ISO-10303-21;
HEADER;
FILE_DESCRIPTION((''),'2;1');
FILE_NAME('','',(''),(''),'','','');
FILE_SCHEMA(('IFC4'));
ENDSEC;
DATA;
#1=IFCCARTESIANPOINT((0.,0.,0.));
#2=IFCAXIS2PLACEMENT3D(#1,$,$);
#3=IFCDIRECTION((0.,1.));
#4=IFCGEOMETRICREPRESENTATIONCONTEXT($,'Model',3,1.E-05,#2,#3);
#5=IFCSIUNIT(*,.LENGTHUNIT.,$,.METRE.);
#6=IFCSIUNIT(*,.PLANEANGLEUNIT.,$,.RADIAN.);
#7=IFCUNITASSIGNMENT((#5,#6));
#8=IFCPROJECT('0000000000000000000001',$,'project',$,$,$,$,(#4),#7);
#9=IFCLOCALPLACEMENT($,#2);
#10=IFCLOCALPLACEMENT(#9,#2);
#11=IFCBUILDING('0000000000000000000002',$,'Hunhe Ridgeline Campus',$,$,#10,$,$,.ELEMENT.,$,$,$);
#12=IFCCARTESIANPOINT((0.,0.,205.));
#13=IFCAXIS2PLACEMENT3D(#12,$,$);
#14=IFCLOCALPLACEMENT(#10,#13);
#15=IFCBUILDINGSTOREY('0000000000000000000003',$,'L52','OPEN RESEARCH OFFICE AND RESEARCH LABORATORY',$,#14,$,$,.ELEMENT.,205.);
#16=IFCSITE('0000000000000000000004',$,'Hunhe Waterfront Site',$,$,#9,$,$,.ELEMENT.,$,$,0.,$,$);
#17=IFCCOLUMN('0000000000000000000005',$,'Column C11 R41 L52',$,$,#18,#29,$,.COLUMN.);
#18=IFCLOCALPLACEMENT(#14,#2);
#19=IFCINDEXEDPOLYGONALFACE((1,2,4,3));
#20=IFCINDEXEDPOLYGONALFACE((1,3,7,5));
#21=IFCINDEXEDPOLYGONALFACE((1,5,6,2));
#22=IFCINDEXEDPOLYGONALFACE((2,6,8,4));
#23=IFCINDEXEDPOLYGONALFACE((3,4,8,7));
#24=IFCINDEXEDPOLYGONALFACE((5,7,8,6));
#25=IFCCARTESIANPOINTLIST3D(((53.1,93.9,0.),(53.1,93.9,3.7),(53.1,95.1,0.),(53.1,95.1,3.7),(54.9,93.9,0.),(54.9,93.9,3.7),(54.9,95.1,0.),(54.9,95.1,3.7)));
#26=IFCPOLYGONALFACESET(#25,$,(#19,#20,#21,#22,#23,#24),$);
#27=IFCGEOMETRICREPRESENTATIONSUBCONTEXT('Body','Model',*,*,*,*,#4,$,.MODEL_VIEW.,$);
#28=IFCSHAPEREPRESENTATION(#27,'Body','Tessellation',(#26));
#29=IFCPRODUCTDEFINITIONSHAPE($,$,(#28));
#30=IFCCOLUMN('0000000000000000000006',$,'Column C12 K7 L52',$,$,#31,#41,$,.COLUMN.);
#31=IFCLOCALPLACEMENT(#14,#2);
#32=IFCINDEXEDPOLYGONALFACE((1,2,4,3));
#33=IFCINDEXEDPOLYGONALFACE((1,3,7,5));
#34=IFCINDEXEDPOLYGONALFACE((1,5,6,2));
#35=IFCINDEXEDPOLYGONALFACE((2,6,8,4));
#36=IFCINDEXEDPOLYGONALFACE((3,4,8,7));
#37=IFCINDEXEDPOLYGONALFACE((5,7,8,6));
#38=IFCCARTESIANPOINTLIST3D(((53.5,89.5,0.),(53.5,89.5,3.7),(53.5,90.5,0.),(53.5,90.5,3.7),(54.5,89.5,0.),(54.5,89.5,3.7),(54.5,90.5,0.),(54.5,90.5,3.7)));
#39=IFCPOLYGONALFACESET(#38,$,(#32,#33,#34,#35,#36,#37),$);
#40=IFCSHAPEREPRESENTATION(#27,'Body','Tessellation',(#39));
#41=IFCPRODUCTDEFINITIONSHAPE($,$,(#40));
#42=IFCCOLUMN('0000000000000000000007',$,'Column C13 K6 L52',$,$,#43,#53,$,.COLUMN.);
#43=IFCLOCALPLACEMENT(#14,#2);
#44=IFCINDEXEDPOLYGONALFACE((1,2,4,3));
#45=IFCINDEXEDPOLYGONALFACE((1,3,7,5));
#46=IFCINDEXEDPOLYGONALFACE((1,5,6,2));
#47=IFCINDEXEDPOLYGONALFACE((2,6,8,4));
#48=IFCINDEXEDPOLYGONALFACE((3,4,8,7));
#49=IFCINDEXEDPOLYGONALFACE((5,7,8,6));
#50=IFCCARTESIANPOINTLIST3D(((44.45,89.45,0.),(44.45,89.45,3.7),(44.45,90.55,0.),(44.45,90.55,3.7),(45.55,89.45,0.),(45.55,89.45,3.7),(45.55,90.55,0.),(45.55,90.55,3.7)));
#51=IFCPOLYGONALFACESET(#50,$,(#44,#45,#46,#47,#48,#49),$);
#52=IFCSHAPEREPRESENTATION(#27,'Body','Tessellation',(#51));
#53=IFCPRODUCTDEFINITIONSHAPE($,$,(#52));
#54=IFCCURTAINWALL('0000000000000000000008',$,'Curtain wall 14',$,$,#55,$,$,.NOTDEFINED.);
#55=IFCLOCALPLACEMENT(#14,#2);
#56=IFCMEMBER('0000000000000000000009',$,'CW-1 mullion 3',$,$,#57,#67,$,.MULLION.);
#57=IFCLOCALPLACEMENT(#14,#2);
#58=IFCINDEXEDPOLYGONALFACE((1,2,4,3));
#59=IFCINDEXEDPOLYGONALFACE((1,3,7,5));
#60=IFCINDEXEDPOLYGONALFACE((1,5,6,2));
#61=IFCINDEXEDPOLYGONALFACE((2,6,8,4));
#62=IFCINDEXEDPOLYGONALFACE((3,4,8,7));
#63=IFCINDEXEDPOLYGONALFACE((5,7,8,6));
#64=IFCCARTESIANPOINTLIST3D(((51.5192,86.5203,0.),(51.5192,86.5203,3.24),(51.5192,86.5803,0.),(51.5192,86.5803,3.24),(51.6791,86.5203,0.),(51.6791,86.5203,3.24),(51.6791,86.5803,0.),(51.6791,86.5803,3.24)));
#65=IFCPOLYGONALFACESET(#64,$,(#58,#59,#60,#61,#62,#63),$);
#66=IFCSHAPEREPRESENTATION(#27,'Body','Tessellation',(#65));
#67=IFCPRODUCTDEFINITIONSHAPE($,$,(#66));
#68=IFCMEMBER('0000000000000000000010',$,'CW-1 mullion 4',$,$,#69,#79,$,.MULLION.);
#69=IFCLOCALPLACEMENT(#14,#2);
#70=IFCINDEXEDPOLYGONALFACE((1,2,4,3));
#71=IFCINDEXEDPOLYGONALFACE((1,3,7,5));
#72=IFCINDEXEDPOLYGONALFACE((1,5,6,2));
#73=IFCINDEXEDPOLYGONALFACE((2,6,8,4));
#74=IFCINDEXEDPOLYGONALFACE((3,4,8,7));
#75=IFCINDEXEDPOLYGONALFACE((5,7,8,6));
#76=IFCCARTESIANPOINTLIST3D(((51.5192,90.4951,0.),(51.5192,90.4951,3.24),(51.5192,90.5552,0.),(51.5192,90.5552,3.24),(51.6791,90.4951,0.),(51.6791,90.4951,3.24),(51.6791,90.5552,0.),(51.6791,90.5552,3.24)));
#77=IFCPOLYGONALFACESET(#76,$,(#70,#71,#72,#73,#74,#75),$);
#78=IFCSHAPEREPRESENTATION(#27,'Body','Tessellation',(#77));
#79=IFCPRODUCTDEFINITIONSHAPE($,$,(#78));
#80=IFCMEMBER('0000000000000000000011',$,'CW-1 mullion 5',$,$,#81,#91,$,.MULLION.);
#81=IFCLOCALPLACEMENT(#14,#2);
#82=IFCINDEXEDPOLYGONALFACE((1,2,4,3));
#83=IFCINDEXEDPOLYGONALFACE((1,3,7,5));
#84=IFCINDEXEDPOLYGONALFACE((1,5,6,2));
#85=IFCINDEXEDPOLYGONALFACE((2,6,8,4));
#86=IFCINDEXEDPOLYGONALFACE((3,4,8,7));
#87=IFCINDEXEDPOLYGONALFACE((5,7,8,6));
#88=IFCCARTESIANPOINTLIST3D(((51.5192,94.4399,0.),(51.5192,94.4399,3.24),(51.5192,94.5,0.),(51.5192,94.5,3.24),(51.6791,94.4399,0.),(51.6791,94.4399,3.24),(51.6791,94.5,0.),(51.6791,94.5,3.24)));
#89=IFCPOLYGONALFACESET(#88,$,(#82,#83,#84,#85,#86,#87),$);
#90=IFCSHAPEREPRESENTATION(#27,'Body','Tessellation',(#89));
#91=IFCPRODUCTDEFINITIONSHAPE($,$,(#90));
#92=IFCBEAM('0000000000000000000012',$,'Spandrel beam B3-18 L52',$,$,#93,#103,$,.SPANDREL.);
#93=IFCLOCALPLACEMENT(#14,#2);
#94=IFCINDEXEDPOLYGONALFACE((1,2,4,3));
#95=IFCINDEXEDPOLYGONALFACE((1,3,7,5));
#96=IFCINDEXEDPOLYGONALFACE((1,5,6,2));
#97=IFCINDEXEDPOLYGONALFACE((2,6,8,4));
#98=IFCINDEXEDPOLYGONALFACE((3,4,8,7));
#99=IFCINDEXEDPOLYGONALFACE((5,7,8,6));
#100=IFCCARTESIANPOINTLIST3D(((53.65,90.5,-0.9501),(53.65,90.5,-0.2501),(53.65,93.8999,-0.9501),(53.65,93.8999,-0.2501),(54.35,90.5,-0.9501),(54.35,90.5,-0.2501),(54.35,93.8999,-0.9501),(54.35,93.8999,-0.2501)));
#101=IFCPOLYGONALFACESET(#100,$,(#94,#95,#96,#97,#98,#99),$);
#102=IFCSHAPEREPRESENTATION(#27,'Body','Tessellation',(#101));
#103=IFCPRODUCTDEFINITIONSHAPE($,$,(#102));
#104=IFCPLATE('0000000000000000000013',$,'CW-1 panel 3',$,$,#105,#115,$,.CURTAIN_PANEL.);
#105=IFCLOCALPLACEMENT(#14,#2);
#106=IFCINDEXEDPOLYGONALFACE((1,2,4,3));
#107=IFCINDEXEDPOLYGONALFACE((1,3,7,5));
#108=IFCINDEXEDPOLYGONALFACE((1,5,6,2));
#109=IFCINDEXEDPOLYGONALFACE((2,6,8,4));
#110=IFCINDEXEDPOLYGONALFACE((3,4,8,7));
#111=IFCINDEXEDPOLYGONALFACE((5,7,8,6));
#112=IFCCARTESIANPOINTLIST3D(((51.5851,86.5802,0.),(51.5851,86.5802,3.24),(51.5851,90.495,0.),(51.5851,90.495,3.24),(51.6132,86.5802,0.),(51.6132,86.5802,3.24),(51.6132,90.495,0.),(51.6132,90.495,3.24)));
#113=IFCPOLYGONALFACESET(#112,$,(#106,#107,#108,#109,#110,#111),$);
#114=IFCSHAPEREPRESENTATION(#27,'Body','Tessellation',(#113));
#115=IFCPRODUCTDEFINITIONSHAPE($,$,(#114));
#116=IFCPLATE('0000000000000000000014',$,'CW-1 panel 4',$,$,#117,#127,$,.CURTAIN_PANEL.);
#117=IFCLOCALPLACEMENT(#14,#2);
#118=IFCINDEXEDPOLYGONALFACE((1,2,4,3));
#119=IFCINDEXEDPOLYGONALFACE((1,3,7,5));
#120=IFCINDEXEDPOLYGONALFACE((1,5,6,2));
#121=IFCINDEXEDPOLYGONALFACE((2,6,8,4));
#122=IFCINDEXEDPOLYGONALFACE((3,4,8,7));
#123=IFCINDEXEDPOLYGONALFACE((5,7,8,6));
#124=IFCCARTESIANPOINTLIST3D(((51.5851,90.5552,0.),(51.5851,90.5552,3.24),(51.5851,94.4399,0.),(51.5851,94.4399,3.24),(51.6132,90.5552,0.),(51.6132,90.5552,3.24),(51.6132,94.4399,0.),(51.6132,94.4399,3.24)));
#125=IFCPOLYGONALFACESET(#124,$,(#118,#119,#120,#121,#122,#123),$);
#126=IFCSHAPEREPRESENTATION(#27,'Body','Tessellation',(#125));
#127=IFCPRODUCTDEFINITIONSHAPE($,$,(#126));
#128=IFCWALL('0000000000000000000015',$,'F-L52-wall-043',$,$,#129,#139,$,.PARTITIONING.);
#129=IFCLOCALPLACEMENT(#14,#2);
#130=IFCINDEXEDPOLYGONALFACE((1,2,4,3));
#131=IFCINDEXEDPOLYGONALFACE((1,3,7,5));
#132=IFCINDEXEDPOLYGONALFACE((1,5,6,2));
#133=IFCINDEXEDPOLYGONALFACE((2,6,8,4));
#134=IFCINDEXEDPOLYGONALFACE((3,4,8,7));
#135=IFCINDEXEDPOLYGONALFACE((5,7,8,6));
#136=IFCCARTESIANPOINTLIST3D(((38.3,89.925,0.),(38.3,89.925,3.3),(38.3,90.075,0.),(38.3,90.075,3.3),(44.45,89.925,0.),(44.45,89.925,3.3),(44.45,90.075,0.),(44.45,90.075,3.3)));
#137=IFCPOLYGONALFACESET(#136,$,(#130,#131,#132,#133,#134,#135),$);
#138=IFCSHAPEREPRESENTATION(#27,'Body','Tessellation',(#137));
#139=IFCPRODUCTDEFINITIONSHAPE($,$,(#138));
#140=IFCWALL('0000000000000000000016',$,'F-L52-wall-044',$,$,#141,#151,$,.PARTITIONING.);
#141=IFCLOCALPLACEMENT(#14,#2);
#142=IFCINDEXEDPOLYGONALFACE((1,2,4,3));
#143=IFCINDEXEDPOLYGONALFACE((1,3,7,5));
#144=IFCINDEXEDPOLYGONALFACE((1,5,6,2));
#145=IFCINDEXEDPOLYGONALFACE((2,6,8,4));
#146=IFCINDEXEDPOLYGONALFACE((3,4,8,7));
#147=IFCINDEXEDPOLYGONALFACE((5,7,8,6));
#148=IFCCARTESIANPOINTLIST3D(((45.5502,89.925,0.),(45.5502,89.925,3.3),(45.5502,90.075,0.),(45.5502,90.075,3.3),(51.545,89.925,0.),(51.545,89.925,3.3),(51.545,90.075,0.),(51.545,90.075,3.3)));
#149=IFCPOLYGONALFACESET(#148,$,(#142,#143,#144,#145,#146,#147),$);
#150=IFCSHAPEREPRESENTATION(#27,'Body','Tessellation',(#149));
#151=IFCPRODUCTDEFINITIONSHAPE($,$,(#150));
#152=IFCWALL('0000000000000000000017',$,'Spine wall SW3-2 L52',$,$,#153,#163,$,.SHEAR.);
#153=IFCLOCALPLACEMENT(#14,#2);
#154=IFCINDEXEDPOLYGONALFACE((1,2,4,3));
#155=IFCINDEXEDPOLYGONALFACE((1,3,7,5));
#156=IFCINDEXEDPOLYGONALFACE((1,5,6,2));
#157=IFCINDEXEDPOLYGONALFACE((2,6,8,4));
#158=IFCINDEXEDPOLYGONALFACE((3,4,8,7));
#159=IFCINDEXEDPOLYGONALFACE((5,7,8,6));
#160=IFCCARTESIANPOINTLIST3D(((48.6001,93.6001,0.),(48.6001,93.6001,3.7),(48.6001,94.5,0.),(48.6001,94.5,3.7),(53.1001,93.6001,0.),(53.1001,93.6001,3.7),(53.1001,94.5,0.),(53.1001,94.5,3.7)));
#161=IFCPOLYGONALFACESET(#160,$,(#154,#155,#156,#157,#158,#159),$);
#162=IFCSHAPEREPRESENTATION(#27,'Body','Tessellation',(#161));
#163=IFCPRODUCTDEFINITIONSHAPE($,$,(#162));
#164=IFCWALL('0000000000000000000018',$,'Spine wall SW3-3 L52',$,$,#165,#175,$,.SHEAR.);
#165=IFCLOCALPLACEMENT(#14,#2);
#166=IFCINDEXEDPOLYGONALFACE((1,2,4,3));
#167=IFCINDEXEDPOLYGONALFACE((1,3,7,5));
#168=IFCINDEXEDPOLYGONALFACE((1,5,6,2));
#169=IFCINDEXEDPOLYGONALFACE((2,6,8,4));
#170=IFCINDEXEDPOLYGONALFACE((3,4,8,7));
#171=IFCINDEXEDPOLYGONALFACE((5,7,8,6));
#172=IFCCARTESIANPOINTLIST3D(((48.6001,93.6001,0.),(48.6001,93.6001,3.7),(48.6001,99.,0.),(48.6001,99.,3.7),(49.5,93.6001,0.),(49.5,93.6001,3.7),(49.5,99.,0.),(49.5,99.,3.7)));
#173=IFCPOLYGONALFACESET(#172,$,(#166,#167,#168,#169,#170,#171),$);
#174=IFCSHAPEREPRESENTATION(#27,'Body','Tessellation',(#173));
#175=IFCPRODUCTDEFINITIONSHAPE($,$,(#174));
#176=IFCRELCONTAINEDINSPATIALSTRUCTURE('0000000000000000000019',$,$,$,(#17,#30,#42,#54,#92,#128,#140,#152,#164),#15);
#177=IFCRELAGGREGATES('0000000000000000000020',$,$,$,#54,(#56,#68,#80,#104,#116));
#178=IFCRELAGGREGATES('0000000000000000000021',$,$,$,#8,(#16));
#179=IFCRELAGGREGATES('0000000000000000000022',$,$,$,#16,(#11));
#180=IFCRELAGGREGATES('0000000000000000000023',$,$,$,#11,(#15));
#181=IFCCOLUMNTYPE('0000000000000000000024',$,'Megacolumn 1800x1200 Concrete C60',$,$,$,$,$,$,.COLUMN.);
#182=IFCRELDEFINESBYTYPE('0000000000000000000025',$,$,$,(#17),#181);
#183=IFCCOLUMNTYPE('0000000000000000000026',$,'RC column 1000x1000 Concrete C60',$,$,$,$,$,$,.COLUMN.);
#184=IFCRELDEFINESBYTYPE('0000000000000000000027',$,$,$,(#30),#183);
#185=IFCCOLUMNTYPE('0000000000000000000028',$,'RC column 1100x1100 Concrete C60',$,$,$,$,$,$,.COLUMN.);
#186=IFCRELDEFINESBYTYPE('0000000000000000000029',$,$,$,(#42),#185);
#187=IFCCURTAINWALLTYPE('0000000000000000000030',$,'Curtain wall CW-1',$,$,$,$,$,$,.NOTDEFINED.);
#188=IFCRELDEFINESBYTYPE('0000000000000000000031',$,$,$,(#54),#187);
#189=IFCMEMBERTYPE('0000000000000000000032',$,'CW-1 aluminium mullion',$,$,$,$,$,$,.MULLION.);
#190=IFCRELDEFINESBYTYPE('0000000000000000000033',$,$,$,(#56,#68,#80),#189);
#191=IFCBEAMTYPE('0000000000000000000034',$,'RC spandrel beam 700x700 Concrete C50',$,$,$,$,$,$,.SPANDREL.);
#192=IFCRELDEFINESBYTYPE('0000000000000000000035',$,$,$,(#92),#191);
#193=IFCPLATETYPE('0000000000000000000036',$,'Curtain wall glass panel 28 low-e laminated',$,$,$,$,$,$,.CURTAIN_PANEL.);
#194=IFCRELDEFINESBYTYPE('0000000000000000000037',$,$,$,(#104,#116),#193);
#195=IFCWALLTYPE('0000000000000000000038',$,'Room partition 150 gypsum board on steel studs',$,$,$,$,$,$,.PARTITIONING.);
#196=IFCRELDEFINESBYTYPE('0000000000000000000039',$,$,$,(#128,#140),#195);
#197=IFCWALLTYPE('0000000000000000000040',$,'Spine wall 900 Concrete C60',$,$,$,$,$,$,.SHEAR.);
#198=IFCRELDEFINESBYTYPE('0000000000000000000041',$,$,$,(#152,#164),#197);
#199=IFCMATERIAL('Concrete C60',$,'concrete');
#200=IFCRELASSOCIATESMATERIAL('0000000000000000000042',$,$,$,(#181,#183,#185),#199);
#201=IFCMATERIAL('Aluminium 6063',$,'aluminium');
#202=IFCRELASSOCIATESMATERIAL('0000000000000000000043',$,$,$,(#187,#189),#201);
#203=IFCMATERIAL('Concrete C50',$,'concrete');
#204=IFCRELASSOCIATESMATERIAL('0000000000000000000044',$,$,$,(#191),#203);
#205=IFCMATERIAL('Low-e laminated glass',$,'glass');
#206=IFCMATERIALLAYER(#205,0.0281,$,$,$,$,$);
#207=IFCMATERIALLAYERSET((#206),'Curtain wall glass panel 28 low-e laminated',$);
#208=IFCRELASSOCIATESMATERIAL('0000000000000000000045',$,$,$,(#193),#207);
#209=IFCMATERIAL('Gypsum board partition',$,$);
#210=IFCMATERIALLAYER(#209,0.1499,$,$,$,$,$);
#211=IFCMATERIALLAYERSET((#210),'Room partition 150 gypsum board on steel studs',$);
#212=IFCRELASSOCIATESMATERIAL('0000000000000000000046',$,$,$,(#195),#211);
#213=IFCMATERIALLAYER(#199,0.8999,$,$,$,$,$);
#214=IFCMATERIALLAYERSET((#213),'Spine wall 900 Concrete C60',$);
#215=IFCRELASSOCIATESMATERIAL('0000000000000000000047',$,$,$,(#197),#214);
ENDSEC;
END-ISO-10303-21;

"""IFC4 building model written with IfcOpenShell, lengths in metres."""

from ifc_helpers import new_model, si_unit, direction, frame, frame_2d, origin, origin_2d, place, context, subcontext, project, spatial, rectangle, extrude, material, layer, layer_set, material_profile, profile_set, type_object, element, aggregate, save


model = new_model("IFC4")

# Units and contexts
model_context = context("Model", 3, precision=1e-05, world=origin(), true_north=direction((0.0, 1.0)))
body_context = subcontext(model_context, "Body", "Model", "MODEL_VIEW")
ifc_project = project(units=[si_unit("LENGTHUNIT", "METRE"), si_unit("PLANEANGLEUNIT", "RADIAN")], contexts=[model_context])

# Site, building, storey
site_placement = place(None, origin())
site = spatial("IfcSite", under=ifc_project, at=site_placement, Name="Hunhe Waterfront Site", CompositionType="ELEMENT", RefElevation=0.0)
building_placement = place(site_placement, origin())
building = spatial("IfcBuilding", under=site, at=building_placement, Name="Hunhe Ridgeline Campus", CompositionType="ELEMENT")
storey_placement = place(building_placement, frame((0.0, 0.0, 205.0)))
storey = spatial("IfcBuildingStorey", under=building, at=storey_placement, Name="L52", Description="OPEN RESEARCH OFFICE AND RESEARCH LABORATORY", CompositionType="ELEMENT", Elevation=205.0)

# Columns
ifc_material_1 = material(Name="Concrete C60", Category="concrete")
ifc_material_profile_1 = material_profile(ifc_material_1, rectangle(XDim=1.8, YDim=1.2, at=origin_2d()))
ifc_profile_set_1 = profile_set([ifc_material_profile_1], Name="Concrete C60")
column_type_1 = type_object("IfcColumnType", Name="Megacolumn 1800x1200 Concrete C60", PredefinedType="COLUMN", material=ifc_profile_set_1)
column_1_placement = place(storey_placement, frame((54.0, 94.5, 0.0), z_axis=(0.0, 0.0, 1.0), x_axis=(1.0, 0.0, 0.0)))
element("IfcColumn", 1, at=column_1_placement, inside=storey, type_object=column_type_1, Name="Column C11 R41 L52", PredefinedType="COLUMN", context=body_context, shape_type="SweptSolid", body=[
    extrude(rectangle(XDim=1.8, YDim=1.2, at=origin_2d()), origin(), (0.0, 0.0, 1.0), 3.7),
])
ifc_material_profile_2 = material_profile(ifc_material_1, rectangle(XDim=1.0, YDim=1.0, at=origin_2d()))
ifc_profile_set_2 = profile_set([ifc_material_profile_2], Name="Concrete C60")
column_type_2 = type_object("IfcColumnType", Name="RC column 1000x1000 Concrete C60", PredefinedType="COLUMN", material=ifc_profile_set_2)
column_2_placement = place(storey_placement, frame((54.0, 90.0, 0.0), z_axis=(0.0, 0.0, 1.0), x_axis=(1.0, 0.0, 0.0)))
element("IfcColumn", 2, at=column_2_placement, inside=storey, type_object=column_type_2, Name="Column C12 K7 L52", PredefinedType="COLUMN", context=body_context, shape_type="SweptSolid", body=[
    extrude(rectangle(XDim=1.0, YDim=1.0, at=origin_2d()), origin(), (0.0, 0.0, 1.0), 3.7),
])
ifc_material_profile_3 = material_profile(ifc_material_1, rectangle(XDim=1.1001, YDim=1.1001, at=origin_2d()))
ifc_profile_set_3 = profile_set([ifc_material_profile_3], Name="Concrete C60")
column_type_3 = type_object("IfcColumnType", Name="RC column 1100x1100 Concrete C60", PredefinedType="COLUMN", material=ifc_profile_set_3)
column_3_placement = place(storey_placement, frame((45.0, 90.0, 0.0), z_axis=(0.0, 0.0, 1.0), x_axis=(1.0, 0.0, 0.0)))
element("IfcColumn", 3, at=column_3_placement, inside=storey, type_object=column_type_3, Name="Column C13 K6 L52", PredefinedType="COLUMN", context=body_context, shape_type="SweptSolid", body=[
    extrude(rectangle(XDim=1.1001, YDim=1.1001, at=origin_2d()), origin(), (0.0, 0.0, 1.0), 3.7),
])

# Curtain wall, members
ifc_material_2 = material(Name="Aluminium 6063", Category="aluminium")
curtain_wall_type = type_object("IfcCurtainWallType", Name="Curtain wall CW-1", PredefinedType="NOTDEFINED", material=ifc_material_2)
curtain_wall_placement = place(storey_placement, origin())
curtain_wall = element("IfcCurtainWall", 4, at=curtain_wall_placement, inside=storey, type_object=curtain_wall_type, Name="Curtain wall 14", PredefinedType="NOTDEFINED")
ifc_material_profile_4 = material_profile(ifc_material_2, rectangle(XDim=0.1599, YDim=0.0601, at=origin_2d()))
ifc_profile_set_4 = profile_set([ifc_material_profile_4], Name="Aluminium 6063")
member_type = type_object("IfcMemberType", Name="CW-1 aluminium mullion", PredefinedType="MULLION", material=ifc_profile_set_4)
member_1_placement = place(storey_placement, frame((51.5991, 86.5503, 0.0), z_axis=(0.0, 0.0, 1.0), x_axis=(-1.0, 0.0, 0.0)))
member_1 = element("IfcMember", 5, at=member_1_placement, type_object=member_type, Name="CW-1 mullion 3", PredefinedType="MULLION", context=body_context, shape_type="SweptSolid", body=[
    extrude(rectangle(XDim=0.1599, YDim=0.0601, at=origin_2d()), origin(), (0.0, 0.0, 1.0), 3.24),
])
member_2_placement = place(storey_placement, frame((51.5991, 90.5251, 0.0), z_axis=(0.0, 0.0, 1.0), x_axis=(-1.0, 0.0, 0.0)))
member_2 = element("IfcMember", 6, at=member_2_placement, type_object=member_type, Name="CW-1 mullion 4", PredefinedType="MULLION", context=body_context, shape_type="SweptSolid", body=[
    extrude(rectangle(XDim=0.1599, YDim=0.0601, at=origin_2d()), origin(), (0.0, 0.0, 1.0), 3.24),
])
member_3_placement = place(storey_placement, frame((51.5991, 94.47, 0.0), z_axis=(0.0, 0.0, 1.0), x_axis=(-1.0, 0.0, 0.0)))
member_3 = element("IfcMember", 7, at=member_3_placement, type_object=member_type, Name="CW-1 mullion 5", PredefinedType="MULLION", context=body_context, shape_type="SweptSolid", body=[
    extrude(rectangle(XDim=0.1599, YDim=0.0601, at=origin_2d()), origin(), (0.0, 0.0, 1.0), 3.24),
])

# Beam
ifc_material_3 = material(Name="Concrete C50", Category="concrete")
ifc_material_profile_5 = material_profile(ifc_material_3, rectangle(XDim=0.7, YDim=0.7, at=origin_2d()))
ifc_profile_set_5 = profile_set([ifc_material_profile_5], Name="Concrete C50")
beam_type = type_object("IfcBeamType", Name="RC spandrel beam 700x700 Concrete C50", PredefinedType="SPANDREL", material=ifc_profile_set_5)
beam_placement = place(storey_placement, frame((54.0, 90.5, -0.6001), z_axis=(0.0, 1.0, 0.0), x_axis=(-1.0, 0.0, 0.0)))
element("IfcBeam", 8, at=beam_placement, inside=storey, type_object=beam_type, Name="Spandrel beam B3-18 L52", PredefinedType="SPANDREL", context=body_context, shape_type="SweptSolid", body=[
    extrude(rectangle(XDim=0.7, YDim=0.7, at=origin_2d()), origin(), (0.0, 0.0, 1.0), 3.3999),
])

# Plates
ifc_material_4 = material(Name="Low-e laminated glass", Category="glass")
ifc_layer_1 = layer(ifc_material_4, 0.0281)
ifc_layer_set_1 = layer_set([ifc_layer_1], Name="Curtain wall glass panel 28 low-e laminated")
plate_type = type_object("IfcPlateType", Name="Curtain wall glass panel 28 low-e laminated", PredefinedType="CURTAIN_PANEL", material=ifc_layer_set_1)
plate_1_placement = place(storey_placement, frame((51.5991, 88.5376, 0.0), z_axis=(0.0, 0.0, 1.0), x_axis=(0.0, 1.0, 0.0)))
plate_1 = element("IfcPlate", 9, at=plate_1_placement, type_object=plate_type, Name="CW-1 panel 3", PredefinedType="CURTAIN_PANEL", context=body_context, shape_type="SweptSolid", body=[
    extrude(rectangle(XDim=3.9148, YDim=0.0281, at=origin_2d()), origin(), (0.0, 0.0, 1.0), 3.24),
])
plate_2_placement = place(storey_placement, frame((51.5991, 92.4976, 0.0), z_axis=(0.0, 0.0, 1.0), x_axis=(0.0, 1.0, 0.0)))
plate_2 = element("IfcPlate", 10, at=plate_2_placement, type_object=plate_type, Name="CW-1 panel 4", PredefinedType="CURTAIN_PANEL", context=body_context, shape_type="SweptSolid", body=[
    extrude(rectangle(XDim=3.8848, YDim=0.0281, at=origin_2d()), origin(), (0.0, 0.0, 1.0), 3.24),
])
aggregate(curtain_wall, [member_1, member_2, member_3, plate_1, plate_2])

# Shared definitions
ifc_material_5 = material(Name="Gypsum board partition")

# Walls
ifc_layer_2 = layer(ifc_material_5, 0.1499)
ifc_layer_set_2 = layer_set([ifc_layer_2], Name="Room partition 150 gypsum board on steel studs")
wall_type_1 = type_object("IfcWallType", Name="Room partition 150 gypsum board on steel studs", PredefinedType="PARTITIONING", material=ifc_layer_set_2)
wall_1_placement = place(storey_placement, frame((38.3, 90.0, 0.0), z_axis=(0.0, 0.0, 1.0), x_axis=(1.0, 0.0, 0.0)))
element("IfcWall", 11, at=wall_1_placement, inside=storey, type_object=wall_type_1, Name="F-L52-wall-043", PredefinedType="PARTITIONING", context=body_context, shape_type="SweptSolid", body=[
    extrude(rectangle(XDim=6.1499, YDim=0.1499, at=frame_2d((3.075, 0.0))), origin(), (0.0, 0.0, 1.0), 3.3),
])
wall_2_placement = place(storey_placement, frame((45.55, 90.0, 0.0), z_axis=(0.0, 0.0, 1.0), x_axis=(1.0, 0.0, 0.0)))
element("IfcWall", 12, at=wall_2_placement, inside=storey, type_object=wall_type_1, Name="F-L52-wall-044", PredefinedType="PARTITIONING", context=body_context, shape_type="SweptSolid", body=[
    extrude(rectangle(XDim=5.9949, YDim=0.1499, at=frame_2d((2.9976, 0.0))), origin(), (0.0, 0.0, 1.0), 3.3),
])
ifc_layer_3 = layer(ifc_material_1, 0.8999)
ifc_layer_set_3 = layer_set([ifc_layer_3], Name="Spine wall 900 Concrete C60")
wall_type_2 = type_object("IfcWallType", Name="Spine wall 900 Concrete C60", PredefinedType="SHEAR", material=ifc_layer_set_3)
wall_3_placement = place(storey_placement, frame((53.1001, 94.05, 0.0), z_axis=(0.0, 0.0, 1.0), x_axis=(-1.0, 0.0, 0.0)))
element("IfcWall", 13, at=wall_3_placement, inside=storey, type_object=wall_type_2, Name="Spine wall SW3-2 L52", PredefinedType="SHEAR", context=body_context, shape_type="SweptSolid", body=[
    extrude(rectangle(XDim=4.5, YDim=0.8999, at=frame_2d((2.25, 0.0))), origin(), (0.0, 0.0, 1.0), 3.7),
])
wall_4_placement = place(storey_placement, frame((49.05, 93.6001, 0.0), z_axis=(0.0, 0.0, 1.0), x_axis=(0.0, 1.0, 0.0)))
element("IfcWall", 14, at=wall_4_placement, inside=storey, type_object=wall_type_2, Name="Spine wall SW3-3 L52", PredefinedType="SHEAR", context=body_context, shape_type="SweptSolid", body=[
    extrude(rectangle(XDim=5.3999, YDim=0.8999, at=frame_2d((2.7, 0.0))), origin(), (0.0, 0.0, 1.0), 3.7),
])

save(model, "model.ifc")
